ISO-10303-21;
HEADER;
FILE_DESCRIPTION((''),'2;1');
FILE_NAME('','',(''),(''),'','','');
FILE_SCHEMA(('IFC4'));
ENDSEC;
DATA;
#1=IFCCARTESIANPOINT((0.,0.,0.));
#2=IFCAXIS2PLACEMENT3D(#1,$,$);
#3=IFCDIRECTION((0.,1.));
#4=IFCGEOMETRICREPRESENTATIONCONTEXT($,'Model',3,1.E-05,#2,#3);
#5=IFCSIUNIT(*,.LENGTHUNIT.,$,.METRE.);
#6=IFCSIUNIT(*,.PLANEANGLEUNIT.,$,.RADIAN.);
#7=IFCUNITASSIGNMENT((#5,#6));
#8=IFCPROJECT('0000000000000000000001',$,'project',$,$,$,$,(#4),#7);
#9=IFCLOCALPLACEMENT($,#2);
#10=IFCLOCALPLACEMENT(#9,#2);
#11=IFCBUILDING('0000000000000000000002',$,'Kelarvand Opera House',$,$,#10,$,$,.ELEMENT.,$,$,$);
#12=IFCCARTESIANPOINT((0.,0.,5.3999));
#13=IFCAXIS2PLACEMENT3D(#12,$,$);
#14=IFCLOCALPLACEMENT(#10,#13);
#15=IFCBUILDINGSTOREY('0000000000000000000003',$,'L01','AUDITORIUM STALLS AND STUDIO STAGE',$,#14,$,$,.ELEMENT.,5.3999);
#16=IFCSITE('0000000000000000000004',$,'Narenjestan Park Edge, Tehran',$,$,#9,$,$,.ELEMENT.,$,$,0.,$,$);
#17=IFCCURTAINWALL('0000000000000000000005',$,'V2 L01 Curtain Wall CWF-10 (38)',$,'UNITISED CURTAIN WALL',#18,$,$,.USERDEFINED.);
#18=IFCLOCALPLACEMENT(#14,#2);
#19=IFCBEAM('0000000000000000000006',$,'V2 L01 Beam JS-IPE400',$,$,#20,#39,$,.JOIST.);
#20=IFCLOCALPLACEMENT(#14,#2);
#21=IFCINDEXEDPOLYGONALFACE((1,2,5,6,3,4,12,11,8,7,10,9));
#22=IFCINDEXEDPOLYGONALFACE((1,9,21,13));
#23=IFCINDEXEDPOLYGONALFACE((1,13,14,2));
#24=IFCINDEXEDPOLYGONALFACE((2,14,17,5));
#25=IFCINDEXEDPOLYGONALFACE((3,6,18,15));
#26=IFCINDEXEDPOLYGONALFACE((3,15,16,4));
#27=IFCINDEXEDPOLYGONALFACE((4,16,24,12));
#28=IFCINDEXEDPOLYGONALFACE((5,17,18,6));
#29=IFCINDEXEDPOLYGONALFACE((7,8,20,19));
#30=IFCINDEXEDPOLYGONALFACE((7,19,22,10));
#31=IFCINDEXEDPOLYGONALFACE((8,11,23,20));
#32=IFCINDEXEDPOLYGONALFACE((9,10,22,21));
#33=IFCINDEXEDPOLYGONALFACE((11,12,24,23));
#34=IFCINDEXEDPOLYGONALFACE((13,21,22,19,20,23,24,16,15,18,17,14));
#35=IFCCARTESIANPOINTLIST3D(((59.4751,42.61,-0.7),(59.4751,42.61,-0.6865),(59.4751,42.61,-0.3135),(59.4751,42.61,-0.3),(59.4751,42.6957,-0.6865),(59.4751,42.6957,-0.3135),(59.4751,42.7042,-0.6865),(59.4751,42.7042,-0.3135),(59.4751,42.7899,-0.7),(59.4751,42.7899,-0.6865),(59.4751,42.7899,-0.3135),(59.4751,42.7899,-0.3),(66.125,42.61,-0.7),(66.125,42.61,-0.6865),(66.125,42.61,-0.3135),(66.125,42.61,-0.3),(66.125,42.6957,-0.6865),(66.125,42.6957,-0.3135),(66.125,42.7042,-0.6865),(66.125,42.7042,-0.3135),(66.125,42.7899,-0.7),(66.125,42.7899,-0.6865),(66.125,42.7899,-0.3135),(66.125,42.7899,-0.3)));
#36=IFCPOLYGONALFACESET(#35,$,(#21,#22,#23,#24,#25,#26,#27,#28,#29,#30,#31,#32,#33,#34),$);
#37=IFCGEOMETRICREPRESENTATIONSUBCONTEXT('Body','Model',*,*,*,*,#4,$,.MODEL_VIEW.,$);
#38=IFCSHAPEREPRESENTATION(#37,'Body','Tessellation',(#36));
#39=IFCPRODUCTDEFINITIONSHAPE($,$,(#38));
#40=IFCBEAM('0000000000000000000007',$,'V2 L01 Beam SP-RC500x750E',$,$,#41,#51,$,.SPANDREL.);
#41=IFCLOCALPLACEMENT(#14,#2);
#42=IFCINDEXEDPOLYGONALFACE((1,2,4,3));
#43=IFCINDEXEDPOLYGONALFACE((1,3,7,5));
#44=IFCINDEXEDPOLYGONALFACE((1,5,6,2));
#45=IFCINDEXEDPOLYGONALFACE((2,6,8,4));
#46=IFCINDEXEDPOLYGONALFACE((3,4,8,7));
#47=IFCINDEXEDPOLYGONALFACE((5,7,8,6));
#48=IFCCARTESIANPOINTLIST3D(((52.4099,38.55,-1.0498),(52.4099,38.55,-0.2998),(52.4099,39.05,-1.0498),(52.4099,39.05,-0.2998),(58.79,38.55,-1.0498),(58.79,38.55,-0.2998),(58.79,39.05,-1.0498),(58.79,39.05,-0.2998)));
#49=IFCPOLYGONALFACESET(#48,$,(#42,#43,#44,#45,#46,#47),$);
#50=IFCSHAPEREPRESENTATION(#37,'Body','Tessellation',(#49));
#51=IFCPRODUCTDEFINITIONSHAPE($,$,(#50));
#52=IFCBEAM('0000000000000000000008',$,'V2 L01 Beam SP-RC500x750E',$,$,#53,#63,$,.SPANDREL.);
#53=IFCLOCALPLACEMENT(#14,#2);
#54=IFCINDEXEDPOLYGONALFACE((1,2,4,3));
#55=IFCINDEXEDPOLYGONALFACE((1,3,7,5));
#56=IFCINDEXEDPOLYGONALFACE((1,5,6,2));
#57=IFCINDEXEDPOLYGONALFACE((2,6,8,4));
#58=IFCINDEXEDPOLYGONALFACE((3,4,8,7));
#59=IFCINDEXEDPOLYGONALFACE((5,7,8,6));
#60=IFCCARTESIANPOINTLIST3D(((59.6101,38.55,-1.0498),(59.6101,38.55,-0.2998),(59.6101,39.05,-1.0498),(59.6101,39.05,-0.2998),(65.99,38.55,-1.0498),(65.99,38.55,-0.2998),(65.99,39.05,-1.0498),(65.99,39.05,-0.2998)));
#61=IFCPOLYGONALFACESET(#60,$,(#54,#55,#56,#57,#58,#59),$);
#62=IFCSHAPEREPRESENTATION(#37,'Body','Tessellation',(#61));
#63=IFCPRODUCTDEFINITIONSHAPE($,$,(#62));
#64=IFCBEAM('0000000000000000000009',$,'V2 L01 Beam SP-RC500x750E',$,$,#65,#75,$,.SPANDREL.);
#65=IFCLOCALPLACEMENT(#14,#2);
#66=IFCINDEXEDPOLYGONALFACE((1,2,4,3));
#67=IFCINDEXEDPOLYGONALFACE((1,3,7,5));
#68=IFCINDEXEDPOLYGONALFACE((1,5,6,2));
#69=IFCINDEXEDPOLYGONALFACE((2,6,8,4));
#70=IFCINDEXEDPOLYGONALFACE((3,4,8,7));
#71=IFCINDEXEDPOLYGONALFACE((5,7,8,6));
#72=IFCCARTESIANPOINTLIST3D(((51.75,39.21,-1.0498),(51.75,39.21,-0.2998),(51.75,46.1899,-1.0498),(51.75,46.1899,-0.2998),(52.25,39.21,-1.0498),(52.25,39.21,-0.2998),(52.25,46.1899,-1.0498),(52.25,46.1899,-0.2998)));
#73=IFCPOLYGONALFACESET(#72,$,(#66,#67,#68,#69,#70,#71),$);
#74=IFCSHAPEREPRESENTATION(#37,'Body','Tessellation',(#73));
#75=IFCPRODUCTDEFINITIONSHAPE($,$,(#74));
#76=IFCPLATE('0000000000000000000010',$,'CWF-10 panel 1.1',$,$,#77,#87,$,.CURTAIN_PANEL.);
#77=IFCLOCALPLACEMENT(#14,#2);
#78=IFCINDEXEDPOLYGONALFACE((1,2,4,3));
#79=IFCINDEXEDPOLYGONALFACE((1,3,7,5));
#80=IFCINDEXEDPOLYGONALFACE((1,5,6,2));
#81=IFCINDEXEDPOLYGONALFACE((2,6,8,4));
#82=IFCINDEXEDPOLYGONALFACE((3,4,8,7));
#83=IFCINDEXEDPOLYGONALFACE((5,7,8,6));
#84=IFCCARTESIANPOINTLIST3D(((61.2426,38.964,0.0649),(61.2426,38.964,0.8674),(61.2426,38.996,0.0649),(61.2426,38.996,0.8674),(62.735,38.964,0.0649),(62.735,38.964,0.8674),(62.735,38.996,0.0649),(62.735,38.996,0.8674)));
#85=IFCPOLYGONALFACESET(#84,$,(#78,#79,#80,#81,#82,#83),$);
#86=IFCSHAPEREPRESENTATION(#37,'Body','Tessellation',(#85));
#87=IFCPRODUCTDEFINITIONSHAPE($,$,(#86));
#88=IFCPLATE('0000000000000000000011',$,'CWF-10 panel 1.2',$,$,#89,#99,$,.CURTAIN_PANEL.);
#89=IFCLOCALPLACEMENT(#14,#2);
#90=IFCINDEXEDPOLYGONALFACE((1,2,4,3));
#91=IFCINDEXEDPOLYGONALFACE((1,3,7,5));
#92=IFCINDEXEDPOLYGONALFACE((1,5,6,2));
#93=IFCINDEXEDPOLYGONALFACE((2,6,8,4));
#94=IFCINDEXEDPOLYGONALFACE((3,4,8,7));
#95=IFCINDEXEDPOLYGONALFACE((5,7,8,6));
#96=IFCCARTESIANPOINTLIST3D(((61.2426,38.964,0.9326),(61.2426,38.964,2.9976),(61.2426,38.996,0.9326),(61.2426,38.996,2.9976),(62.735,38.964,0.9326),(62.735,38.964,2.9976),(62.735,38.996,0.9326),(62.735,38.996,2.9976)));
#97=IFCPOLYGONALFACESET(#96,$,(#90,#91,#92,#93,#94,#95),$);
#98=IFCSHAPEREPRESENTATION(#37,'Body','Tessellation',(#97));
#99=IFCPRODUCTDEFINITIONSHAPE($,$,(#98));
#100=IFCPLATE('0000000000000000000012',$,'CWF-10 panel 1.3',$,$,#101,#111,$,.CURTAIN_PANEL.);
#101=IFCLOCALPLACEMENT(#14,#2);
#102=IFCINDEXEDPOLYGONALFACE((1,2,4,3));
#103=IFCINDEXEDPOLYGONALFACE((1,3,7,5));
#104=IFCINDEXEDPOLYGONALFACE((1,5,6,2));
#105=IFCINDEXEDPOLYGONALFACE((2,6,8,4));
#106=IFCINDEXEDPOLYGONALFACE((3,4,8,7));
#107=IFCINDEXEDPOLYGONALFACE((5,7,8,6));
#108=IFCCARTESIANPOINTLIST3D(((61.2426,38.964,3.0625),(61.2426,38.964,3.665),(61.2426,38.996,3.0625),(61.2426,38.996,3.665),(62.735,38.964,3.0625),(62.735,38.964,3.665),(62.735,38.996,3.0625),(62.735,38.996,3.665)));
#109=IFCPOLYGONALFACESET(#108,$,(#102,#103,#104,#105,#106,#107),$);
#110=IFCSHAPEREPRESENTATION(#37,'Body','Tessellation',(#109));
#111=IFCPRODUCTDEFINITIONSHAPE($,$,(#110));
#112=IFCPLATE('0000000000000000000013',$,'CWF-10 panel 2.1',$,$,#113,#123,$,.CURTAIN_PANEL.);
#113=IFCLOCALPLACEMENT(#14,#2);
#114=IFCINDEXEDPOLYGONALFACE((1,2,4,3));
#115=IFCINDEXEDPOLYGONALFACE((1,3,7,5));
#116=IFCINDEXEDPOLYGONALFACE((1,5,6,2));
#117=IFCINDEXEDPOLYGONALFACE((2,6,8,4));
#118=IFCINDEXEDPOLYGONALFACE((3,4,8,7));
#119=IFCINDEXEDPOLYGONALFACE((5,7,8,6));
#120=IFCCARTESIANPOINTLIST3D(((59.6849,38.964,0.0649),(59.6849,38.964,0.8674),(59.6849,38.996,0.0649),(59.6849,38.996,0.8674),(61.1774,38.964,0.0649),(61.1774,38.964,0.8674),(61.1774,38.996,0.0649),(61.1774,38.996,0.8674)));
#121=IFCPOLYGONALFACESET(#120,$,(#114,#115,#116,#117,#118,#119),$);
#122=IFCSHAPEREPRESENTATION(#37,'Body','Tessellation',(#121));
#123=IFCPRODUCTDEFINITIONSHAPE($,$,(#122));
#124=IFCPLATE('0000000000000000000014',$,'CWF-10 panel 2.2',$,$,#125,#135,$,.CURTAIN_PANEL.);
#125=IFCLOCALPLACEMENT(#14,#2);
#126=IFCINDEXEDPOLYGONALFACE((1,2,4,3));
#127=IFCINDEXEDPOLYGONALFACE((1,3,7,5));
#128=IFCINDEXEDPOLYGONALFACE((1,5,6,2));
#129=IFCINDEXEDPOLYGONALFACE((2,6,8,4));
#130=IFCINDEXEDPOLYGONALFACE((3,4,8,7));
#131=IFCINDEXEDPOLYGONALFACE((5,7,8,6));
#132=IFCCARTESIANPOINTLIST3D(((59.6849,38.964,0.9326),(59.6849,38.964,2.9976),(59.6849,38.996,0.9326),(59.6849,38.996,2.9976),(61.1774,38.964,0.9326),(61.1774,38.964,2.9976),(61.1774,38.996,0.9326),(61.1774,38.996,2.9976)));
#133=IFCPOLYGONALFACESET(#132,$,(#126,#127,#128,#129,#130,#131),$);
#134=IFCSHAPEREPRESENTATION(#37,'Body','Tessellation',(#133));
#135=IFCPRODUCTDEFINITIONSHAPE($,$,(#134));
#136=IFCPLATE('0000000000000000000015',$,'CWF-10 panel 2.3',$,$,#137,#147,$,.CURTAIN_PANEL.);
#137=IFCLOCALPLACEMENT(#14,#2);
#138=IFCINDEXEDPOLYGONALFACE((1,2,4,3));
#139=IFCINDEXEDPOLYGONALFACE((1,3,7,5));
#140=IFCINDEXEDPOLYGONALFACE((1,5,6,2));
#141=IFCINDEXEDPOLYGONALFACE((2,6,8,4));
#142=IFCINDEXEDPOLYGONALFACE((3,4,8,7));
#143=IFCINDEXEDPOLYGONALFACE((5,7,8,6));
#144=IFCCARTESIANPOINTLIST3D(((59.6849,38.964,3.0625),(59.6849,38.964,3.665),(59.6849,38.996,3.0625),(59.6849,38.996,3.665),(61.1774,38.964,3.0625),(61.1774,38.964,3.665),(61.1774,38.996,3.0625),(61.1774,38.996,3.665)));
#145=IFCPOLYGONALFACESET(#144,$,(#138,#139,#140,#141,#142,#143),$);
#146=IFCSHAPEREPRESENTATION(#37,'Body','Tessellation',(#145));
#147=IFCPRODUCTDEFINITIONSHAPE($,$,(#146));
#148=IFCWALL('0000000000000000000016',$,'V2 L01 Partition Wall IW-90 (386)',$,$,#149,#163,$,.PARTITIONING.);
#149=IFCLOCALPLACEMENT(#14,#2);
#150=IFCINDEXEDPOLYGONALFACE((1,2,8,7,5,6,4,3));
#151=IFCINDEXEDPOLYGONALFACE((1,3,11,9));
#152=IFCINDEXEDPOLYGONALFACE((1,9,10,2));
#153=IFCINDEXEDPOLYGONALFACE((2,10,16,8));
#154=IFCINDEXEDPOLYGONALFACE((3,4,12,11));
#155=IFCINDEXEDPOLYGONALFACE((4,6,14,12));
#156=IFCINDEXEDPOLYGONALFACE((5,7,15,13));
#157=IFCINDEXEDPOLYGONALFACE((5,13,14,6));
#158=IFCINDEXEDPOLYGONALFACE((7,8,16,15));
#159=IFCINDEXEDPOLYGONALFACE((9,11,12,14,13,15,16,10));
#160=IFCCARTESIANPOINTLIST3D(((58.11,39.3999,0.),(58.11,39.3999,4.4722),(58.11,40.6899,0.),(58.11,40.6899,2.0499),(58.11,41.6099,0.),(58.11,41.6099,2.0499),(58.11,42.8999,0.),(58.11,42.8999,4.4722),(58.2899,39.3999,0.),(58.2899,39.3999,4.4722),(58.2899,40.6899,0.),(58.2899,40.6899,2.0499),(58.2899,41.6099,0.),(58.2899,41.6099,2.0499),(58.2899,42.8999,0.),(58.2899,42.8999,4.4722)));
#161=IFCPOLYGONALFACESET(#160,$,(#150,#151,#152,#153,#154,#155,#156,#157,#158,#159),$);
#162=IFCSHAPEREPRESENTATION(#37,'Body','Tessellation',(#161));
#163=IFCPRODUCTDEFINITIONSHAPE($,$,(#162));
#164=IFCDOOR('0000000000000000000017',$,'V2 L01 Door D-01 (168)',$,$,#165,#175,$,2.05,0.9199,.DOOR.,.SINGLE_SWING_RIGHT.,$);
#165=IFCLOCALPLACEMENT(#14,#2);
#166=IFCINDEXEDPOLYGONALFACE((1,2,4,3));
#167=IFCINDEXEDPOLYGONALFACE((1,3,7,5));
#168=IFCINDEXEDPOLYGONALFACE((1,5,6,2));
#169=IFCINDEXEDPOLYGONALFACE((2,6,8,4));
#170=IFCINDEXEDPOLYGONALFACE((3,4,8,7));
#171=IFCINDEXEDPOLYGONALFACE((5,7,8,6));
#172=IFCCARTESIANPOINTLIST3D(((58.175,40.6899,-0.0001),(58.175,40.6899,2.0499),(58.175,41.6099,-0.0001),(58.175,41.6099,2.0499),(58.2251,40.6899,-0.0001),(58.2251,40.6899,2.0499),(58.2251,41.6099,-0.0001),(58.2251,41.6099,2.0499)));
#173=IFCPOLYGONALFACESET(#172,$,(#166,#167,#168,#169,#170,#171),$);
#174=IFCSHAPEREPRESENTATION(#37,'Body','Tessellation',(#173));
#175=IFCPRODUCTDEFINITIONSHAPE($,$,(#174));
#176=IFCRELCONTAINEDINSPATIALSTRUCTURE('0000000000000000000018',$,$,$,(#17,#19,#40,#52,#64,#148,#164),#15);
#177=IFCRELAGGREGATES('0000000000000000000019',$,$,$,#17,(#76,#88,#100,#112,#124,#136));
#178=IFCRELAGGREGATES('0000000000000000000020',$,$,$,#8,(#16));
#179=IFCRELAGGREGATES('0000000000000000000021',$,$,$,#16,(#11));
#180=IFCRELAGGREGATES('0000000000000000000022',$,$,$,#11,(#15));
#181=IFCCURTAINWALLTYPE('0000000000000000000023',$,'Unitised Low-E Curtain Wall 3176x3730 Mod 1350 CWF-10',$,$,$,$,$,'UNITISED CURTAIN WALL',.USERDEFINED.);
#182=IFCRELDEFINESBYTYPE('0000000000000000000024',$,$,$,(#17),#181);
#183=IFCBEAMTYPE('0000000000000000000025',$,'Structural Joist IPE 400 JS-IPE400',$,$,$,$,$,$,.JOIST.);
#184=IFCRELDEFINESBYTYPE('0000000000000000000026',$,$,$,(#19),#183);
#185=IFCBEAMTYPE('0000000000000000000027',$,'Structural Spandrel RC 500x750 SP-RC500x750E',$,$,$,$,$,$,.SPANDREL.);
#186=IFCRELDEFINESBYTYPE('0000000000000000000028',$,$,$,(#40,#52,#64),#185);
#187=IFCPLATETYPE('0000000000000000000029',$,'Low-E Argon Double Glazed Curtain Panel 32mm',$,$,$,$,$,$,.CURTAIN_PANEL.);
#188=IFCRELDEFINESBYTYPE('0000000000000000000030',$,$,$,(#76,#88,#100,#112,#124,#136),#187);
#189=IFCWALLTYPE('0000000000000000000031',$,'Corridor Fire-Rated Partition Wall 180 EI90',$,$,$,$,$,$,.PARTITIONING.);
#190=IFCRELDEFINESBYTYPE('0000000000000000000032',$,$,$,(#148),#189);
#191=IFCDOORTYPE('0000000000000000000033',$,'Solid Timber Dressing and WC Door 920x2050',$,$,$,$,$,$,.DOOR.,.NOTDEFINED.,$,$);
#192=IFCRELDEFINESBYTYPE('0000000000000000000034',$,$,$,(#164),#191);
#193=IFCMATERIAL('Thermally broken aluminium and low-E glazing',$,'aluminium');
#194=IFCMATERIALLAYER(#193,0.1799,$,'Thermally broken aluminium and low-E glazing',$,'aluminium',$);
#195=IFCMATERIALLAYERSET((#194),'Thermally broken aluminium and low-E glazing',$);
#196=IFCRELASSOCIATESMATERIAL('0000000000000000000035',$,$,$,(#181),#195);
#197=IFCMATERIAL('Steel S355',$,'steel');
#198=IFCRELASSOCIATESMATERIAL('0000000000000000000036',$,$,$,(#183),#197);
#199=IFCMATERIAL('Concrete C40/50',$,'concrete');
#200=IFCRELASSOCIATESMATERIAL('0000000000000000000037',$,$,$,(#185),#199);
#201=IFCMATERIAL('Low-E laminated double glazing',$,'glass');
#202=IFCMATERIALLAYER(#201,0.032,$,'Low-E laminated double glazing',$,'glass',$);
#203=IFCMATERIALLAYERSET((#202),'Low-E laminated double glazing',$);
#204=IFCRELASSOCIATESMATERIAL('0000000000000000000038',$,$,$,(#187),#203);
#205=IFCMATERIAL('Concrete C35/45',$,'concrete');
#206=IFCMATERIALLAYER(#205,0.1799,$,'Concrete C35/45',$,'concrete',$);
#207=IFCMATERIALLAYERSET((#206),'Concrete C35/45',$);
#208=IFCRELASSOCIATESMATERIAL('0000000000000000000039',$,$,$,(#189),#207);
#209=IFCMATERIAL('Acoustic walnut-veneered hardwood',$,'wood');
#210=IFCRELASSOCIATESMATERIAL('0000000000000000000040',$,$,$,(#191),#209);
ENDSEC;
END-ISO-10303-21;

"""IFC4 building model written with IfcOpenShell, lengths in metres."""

from ifc_helpers import new_model, si_unit, direction, frame, frame_2d, origin, origin_2d, place, context, subcontext, project, spatial, rectangle, i_section, extrude, material, layer, layer_set, material_profile, profile_set, type_object, element, fill, aggregate, save


model = new_model("IFC4")

# Units and contexts
model_context = context("Model", 3, precision=1e-05, world=origin(), true_north=direction((0.0, 1.0)))
body_context = subcontext(model_context, "Body", "Model", "MODEL_VIEW")
ifc_project = project(units=[si_unit("LENGTHUNIT", "METRE"), si_unit("PLANEANGLEUNIT", "RADIAN")], contexts=[model_context])

# Site, building, storey
site_placement = place(None, origin())
site = spatial("IfcSite", under=ifc_project, at=site_placement, Name="Narenjestan Park Edge, Tehran", CompositionType="ELEMENT", RefElevation=0.0)
building_placement = place(site_placement, origin())
building = spatial("IfcBuilding", under=site, at=building_placement, Name="Kelarvand Opera House", CompositionType="ELEMENT")
storey_placement = place(building_placement, frame((0.0, 0.0, 5.3999)))
storey = spatial("IfcBuildingStorey", under=building, at=storey_placement, Name="L01", Description="AUDITORIUM STALLS AND STUDIO STAGE", CompositionType="ELEMENT", Elevation=5.3999)

# Shared definitions
ifc_material_1 = material(Name="Concrete C40/50", Category="concrete")

# Curtain wall
ifc_material_2 = material(Name="Thermally broken aluminium and low-E glazing", Category="aluminium")
ifc_layer_1 = layer(ifc_material_2, 0.1799, Name="Thermally broken aluminium and low-E glazing", Category="aluminium")
ifc_layer_set_1 = layer_set([ifc_layer_1], Name="Thermally broken aluminium and low-E glazing")
curtain_wall_type = type_object("IfcCurtainWallType", Name="Unitised Low-E Curtain Wall 3176x3730 Mod 1350 CWF-10", ElementType="UNITISED CURTAIN WALL", PredefinedType="USERDEFINED", material=ifc_layer_set_1)
curtain_wall_placement = place(storey_placement, origin())
curtain_wall = element("IfcCurtainWall", 1, at=curtain_wall_placement, inside=storey, type_object=curtain_wall_type, Name="V2 L01 Curtain Wall CWF-10 (38)", ObjectType="UNITISED CURTAIN WALL", PredefinedType="USERDEFINED")

# Beams
ifc_material_3 = material(Name="Steel S355", Category="steel")
ifc_material_profile_1 = material_profile(ifc_material_3, i_section(OverallWidth=0.1799, OverallDepth=0.3999, WebThickness=0.0085, FlangeThickness=0.0134, at=origin_2d()), Name="IPE 400", Category="steel")
ifc_profile_set_1 = profile_set([ifc_material_profile_1], Name="Steel S355")
beam_type_1 = type_object("IfcBeamType", Name="Structural Joist IPE 400 JS-IPE400", PredefinedType="JOIST", material=ifc_profile_set_1)
beam_1_placement = place(storey_placement, frame((59.4751, 42.7, -0.5), z_axis=(1.0, 0.0, 0.0), x_axis=(0.0, 1.0, 0.0)))
element("IfcBeam", 2, at=beam_1_placement, inside=storey, type_object=beam_type_1, Name="V2 L01 Beam JS-IPE400", PredefinedType="JOIST", context=body_context, shape_type="SweptSolid", body=[
    extrude(i_section(OverallWidth=0.1799, OverallDepth=0.3999, WebThickness=0.0085, FlangeThickness=0.0134, at=origin_2d()), origin(), (0.0, 0.0, 1.0), 6.6499),
])
ifc_material_profile_2 = material_profile(ifc_material_1, rectangle(XDim=0.5, YDim=0.75, at=origin_2d()), Name="RC 500x750", Category="concrete")
ifc_profile_set_2 = profile_set([ifc_material_profile_2], Name="Concrete C40/50")
beam_type_2 = type_object("IfcBeamType", Name="Structural Spandrel RC 500x750 SP-RC500x750E", PredefinedType="SPANDREL", material=ifc_profile_set_2)
beam_2_placement = place(storey_placement, frame((52.4099, 38.8, -0.6748), z_axis=(1.0, 0.0, 0.0), x_axis=(0.0, 1.0, 0.0)))
element("IfcBeam", 3, at=beam_2_placement, inside=storey, type_object=beam_type_2, Name="V2 L01 Beam SP-RC500x750E", PredefinedType="SPANDREL", context=body_context, shape_type="SweptSolid", body=[
    extrude(rectangle(XDim=0.5, YDim=0.75, at=origin_2d()), origin(), (0.0, 0.0, 1.0), 6.3801),
])
beam_3_placement = place(storey_placement, frame((59.6101, 38.8, -0.6748), z_axis=(1.0, 0.0, 0.0), x_axis=(0.0, 1.0, 0.0)))
element("IfcBeam", 4, at=beam_3_placement, inside=storey, type_object=beam_type_2, Name="V2 L01 Beam SP-RC500x750E", PredefinedType="SPANDREL", context=body_context, shape_type="SweptSolid", body=[
    extrude(rectangle(XDim=0.5, YDim=0.75, at=origin_2d()), origin(), (0.0, 0.0, 1.0), 6.3799),
])
beam_4_placement = place(storey_placement, frame((52.0, 39.21, -0.6748), z_axis=(0.0, 1.0, 0.0), x_axis=(-1.0, 0.0, 0.0)))
element("IfcBeam", 5, at=beam_4_placement, inside=storey, type_object=beam_type_2, Name="V2 L01 Beam SP-RC500x750E", PredefinedType="SPANDREL", context=body_context, shape_type="SweptSolid", body=[
    extrude(rectangle(XDim=0.5, YDim=0.75, at=origin_2d()), origin(), (0.0, 0.0, 1.0), 6.98),
])

# Plates
ifc_material_4 = material(Name="Low-E laminated double glazing", Category="glass")
ifc_layer_2 = layer(ifc_material_4, 0.032, Name="Low-E laminated double glazing", Category="glass")
ifc_layer_set_2 = layer_set([ifc_layer_2], Name="Low-E laminated double glazing")
plate_type = type_object("IfcPlateType", Name="Low-E Argon Double Glazed Curtain Panel 32mm", PredefinedType="CURTAIN_PANEL", material=ifc_layer_set_2)
plate_1_placement = place(storey_placement, frame((61.9888, 38.98, 0.0649), z_axis=(0.0, 0.0, 1.0), x_axis=(-1.0, 0.0, 0.0)))
plate_1 = element("IfcPlate", 6, at=plate_1_placement, type_object=plate_type, Name="CWF-10 panel 1.1", PredefinedType="CURTAIN_PANEL", context=body_context, shape_type="SweptSolid", body=[
    extrude(rectangle(XDim=1.4924, YDim=0.032, at=origin_2d()), origin(), (0.0, 0.0, 1.0), 0.8025),
])
plate_2_placement = place(storey_placement, frame((61.9888, 38.98, 0.9326), z_axis=(0.0, 0.0, 1.0), x_axis=(-1.0, 0.0, 0.0)))
plate_2 = element("IfcPlate", 7, at=plate_2_placement, type_object=plate_type, Name="CWF-10 panel 1.2", PredefinedType="CURTAIN_PANEL", context=body_context, shape_type="SweptSolid", body=[
    extrude(rectangle(XDim=1.4924, YDim=0.032, at=origin_2d()), origin(), (0.0, 0.0, 1.0), 2.0649),
])
plate_3_placement = place(storey_placement, frame((61.9888, 38.98, 3.0625), z_axis=(0.0, 0.0, 1.0), x_axis=(-1.0, 0.0, 0.0)))
plate_3 = element("IfcPlate", 8, at=plate_3_placement, type_object=plate_type, Name="CWF-10 panel 1.3", PredefinedType="CURTAIN_PANEL", context=body_context, shape_type="SweptSolid", body=[
    extrude(rectangle(XDim=1.4924, YDim=0.032, at=origin_2d()), origin(), (0.0, 0.0, 1.0), 0.6025),
])
plate_4_placement = place(storey_placement, frame((60.4312, 38.98, 0.0649), z_axis=(0.0, 0.0, 1.0), x_axis=(-1.0, 0.0, 0.0)))
plate_4 = element("IfcPlate", 9, at=plate_4_placement, type_object=plate_type, Name="CWF-10 panel 2.1", PredefinedType="CURTAIN_PANEL", context=body_context, shape_type="SweptSolid", body=[
    extrude(rectangle(XDim=1.4924, YDim=0.032, at=origin_2d()), origin(), (0.0, 0.0, 1.0), 0.8025),
])
plate_5_placement = place(storey_placement, frame((60.4312, 38.98, 0.9326), z_axis=(0.0, 0.0, 1.0), x_axis=(-1.0, 0.0, 0.0)))
plate_5 = element("IfcPlate", 10, at=plate_5_placement, type_object=plate_type, Name="CWF-10 panel 2.2", PredefinedType="CURTAIN_PANEL", context=body_context, shape_type="SweptSolid", body=[
    extrude(rectangle(XDim=1.4924, YDim=0.032, at=origin_2d()), origin(), (0.0, 0.0, 1.0), 2.0649),
])
plate_6_placement = place(storey_placement, frame((60.4312, 38.98, 3.0625), z_axis=(0.0, 0.0, 1.0), x_axis=(-1.0, 0.0, 0.0)))
plate_6 = element("IfcPlate", 11, at=plate_6_placement, type_object=plate_type, Name="CWF-10 panel 2.3", PredefinedType="CURTAIN_PANEL", context=body_context, shape_type="SweptSolid", body=[
    extrude(rectangle(XDim=1.4924, YDim=0.032, at=origin_2d()), origin(), (0.0, 0.0, 1.0), 0.6025),
])
aggregate(curtain_wall, [plate_1, plate_2, plate_3, plate_4, plate_5, plate_6])

# Wall, opening, door
ifc_material_5 = material(Name="Concrete C35/45", Category="concrete")
ifc_layer_3 = layer(ifc_material_5, 0.1799, Name="Concrete C35/45", Category="concrete")
ifc_layer_set_3 = layer_set([ifc_layer_3], Name="Concrete C35/45")
wall_type_1 = type_object("IfcWallType", Name="Corridor Fire-Rated Partition Wall 180 EI90", PredefinedType="PARTITIONING", material=ifc_layer_set_3)
wall_1_placement = place(storey_placement, frame((58.2, 39.3999, 0.0), z_axis=(0.0, 0.0, 1.0), x_axis=(0.0, 1.0, 0.0)))
wall_1 = element("IfcWall", 12, at=wall_1_placement, inside=storey, type_object=wall_type_1, Name="V2 L01 Partition Wall IW-90 (386)", PredefinedType="PARTITIONING", context=body_context, shape_type="SweptSolid", body=[
    extrude(rectangle(XDim=3.5, YDim=0.1799, at=frame_2d((1.75, 0.0))), origin(), (0.0, 0.0, 1.0), 4.4722),
])
opening_1_placement = place(wall_1_placement, frame((1.29, 0.0, 0.0)))
opening_1 = element("IfcOpeningElement", 13, at=opening_1_placement, cuts=wall_1, PredefinedType="OPENING", context=body_context, shape_type="SweptSolid", body=[
    extrude(rectangle(XDim=0.9199, YDim=2.05, at=frame_2d((0.46, 1.0249))), frame((0.0, 0.1001, 0.0), z_axis=(0.0, -1.0, 0.0), x_axis=(1.0, 0.0, 0.0)), (0.0, 0.0, 1.0), 0.2),
])
ifc_material_6 = material(Name="Acoustic walnut-veneered hardwood", Category="wood")
door_type = type_object("IfcDoorType", Name="Solid Timber Dressing and WC Door 920x2050", OperationType="NOTDEFINED", PredefinedType="DOOR", material=ifc_material_6)
door_placement = place(opening_1_placement, origin())
door = element("IfcDoor", 14, at=door_placement, inside=storey, type_object=door_type, Name="V2 L01 Door D-01 (168)", OperationType="SINGLE_SWING_RIGHT", OverallHeight=2.05, OverallWidth=0.9199, PredefinedType="DOOR", context=body_context, shape_type="SweptSolid", body=[
    extrude(rectangle(XDim=0.9199, YDim=2.05, at=frame_2d((0.46, 1.0249))), frame((0.0, 0.0249, 0.0), z_axis=(0.0, -1.0, 0.0), x_axis=(1.0, 0.0, 0.0)), (0.0, 0.0, 1.0), 0.05),
])
fill(opening_1, door)

save(model, "model.ifc")
